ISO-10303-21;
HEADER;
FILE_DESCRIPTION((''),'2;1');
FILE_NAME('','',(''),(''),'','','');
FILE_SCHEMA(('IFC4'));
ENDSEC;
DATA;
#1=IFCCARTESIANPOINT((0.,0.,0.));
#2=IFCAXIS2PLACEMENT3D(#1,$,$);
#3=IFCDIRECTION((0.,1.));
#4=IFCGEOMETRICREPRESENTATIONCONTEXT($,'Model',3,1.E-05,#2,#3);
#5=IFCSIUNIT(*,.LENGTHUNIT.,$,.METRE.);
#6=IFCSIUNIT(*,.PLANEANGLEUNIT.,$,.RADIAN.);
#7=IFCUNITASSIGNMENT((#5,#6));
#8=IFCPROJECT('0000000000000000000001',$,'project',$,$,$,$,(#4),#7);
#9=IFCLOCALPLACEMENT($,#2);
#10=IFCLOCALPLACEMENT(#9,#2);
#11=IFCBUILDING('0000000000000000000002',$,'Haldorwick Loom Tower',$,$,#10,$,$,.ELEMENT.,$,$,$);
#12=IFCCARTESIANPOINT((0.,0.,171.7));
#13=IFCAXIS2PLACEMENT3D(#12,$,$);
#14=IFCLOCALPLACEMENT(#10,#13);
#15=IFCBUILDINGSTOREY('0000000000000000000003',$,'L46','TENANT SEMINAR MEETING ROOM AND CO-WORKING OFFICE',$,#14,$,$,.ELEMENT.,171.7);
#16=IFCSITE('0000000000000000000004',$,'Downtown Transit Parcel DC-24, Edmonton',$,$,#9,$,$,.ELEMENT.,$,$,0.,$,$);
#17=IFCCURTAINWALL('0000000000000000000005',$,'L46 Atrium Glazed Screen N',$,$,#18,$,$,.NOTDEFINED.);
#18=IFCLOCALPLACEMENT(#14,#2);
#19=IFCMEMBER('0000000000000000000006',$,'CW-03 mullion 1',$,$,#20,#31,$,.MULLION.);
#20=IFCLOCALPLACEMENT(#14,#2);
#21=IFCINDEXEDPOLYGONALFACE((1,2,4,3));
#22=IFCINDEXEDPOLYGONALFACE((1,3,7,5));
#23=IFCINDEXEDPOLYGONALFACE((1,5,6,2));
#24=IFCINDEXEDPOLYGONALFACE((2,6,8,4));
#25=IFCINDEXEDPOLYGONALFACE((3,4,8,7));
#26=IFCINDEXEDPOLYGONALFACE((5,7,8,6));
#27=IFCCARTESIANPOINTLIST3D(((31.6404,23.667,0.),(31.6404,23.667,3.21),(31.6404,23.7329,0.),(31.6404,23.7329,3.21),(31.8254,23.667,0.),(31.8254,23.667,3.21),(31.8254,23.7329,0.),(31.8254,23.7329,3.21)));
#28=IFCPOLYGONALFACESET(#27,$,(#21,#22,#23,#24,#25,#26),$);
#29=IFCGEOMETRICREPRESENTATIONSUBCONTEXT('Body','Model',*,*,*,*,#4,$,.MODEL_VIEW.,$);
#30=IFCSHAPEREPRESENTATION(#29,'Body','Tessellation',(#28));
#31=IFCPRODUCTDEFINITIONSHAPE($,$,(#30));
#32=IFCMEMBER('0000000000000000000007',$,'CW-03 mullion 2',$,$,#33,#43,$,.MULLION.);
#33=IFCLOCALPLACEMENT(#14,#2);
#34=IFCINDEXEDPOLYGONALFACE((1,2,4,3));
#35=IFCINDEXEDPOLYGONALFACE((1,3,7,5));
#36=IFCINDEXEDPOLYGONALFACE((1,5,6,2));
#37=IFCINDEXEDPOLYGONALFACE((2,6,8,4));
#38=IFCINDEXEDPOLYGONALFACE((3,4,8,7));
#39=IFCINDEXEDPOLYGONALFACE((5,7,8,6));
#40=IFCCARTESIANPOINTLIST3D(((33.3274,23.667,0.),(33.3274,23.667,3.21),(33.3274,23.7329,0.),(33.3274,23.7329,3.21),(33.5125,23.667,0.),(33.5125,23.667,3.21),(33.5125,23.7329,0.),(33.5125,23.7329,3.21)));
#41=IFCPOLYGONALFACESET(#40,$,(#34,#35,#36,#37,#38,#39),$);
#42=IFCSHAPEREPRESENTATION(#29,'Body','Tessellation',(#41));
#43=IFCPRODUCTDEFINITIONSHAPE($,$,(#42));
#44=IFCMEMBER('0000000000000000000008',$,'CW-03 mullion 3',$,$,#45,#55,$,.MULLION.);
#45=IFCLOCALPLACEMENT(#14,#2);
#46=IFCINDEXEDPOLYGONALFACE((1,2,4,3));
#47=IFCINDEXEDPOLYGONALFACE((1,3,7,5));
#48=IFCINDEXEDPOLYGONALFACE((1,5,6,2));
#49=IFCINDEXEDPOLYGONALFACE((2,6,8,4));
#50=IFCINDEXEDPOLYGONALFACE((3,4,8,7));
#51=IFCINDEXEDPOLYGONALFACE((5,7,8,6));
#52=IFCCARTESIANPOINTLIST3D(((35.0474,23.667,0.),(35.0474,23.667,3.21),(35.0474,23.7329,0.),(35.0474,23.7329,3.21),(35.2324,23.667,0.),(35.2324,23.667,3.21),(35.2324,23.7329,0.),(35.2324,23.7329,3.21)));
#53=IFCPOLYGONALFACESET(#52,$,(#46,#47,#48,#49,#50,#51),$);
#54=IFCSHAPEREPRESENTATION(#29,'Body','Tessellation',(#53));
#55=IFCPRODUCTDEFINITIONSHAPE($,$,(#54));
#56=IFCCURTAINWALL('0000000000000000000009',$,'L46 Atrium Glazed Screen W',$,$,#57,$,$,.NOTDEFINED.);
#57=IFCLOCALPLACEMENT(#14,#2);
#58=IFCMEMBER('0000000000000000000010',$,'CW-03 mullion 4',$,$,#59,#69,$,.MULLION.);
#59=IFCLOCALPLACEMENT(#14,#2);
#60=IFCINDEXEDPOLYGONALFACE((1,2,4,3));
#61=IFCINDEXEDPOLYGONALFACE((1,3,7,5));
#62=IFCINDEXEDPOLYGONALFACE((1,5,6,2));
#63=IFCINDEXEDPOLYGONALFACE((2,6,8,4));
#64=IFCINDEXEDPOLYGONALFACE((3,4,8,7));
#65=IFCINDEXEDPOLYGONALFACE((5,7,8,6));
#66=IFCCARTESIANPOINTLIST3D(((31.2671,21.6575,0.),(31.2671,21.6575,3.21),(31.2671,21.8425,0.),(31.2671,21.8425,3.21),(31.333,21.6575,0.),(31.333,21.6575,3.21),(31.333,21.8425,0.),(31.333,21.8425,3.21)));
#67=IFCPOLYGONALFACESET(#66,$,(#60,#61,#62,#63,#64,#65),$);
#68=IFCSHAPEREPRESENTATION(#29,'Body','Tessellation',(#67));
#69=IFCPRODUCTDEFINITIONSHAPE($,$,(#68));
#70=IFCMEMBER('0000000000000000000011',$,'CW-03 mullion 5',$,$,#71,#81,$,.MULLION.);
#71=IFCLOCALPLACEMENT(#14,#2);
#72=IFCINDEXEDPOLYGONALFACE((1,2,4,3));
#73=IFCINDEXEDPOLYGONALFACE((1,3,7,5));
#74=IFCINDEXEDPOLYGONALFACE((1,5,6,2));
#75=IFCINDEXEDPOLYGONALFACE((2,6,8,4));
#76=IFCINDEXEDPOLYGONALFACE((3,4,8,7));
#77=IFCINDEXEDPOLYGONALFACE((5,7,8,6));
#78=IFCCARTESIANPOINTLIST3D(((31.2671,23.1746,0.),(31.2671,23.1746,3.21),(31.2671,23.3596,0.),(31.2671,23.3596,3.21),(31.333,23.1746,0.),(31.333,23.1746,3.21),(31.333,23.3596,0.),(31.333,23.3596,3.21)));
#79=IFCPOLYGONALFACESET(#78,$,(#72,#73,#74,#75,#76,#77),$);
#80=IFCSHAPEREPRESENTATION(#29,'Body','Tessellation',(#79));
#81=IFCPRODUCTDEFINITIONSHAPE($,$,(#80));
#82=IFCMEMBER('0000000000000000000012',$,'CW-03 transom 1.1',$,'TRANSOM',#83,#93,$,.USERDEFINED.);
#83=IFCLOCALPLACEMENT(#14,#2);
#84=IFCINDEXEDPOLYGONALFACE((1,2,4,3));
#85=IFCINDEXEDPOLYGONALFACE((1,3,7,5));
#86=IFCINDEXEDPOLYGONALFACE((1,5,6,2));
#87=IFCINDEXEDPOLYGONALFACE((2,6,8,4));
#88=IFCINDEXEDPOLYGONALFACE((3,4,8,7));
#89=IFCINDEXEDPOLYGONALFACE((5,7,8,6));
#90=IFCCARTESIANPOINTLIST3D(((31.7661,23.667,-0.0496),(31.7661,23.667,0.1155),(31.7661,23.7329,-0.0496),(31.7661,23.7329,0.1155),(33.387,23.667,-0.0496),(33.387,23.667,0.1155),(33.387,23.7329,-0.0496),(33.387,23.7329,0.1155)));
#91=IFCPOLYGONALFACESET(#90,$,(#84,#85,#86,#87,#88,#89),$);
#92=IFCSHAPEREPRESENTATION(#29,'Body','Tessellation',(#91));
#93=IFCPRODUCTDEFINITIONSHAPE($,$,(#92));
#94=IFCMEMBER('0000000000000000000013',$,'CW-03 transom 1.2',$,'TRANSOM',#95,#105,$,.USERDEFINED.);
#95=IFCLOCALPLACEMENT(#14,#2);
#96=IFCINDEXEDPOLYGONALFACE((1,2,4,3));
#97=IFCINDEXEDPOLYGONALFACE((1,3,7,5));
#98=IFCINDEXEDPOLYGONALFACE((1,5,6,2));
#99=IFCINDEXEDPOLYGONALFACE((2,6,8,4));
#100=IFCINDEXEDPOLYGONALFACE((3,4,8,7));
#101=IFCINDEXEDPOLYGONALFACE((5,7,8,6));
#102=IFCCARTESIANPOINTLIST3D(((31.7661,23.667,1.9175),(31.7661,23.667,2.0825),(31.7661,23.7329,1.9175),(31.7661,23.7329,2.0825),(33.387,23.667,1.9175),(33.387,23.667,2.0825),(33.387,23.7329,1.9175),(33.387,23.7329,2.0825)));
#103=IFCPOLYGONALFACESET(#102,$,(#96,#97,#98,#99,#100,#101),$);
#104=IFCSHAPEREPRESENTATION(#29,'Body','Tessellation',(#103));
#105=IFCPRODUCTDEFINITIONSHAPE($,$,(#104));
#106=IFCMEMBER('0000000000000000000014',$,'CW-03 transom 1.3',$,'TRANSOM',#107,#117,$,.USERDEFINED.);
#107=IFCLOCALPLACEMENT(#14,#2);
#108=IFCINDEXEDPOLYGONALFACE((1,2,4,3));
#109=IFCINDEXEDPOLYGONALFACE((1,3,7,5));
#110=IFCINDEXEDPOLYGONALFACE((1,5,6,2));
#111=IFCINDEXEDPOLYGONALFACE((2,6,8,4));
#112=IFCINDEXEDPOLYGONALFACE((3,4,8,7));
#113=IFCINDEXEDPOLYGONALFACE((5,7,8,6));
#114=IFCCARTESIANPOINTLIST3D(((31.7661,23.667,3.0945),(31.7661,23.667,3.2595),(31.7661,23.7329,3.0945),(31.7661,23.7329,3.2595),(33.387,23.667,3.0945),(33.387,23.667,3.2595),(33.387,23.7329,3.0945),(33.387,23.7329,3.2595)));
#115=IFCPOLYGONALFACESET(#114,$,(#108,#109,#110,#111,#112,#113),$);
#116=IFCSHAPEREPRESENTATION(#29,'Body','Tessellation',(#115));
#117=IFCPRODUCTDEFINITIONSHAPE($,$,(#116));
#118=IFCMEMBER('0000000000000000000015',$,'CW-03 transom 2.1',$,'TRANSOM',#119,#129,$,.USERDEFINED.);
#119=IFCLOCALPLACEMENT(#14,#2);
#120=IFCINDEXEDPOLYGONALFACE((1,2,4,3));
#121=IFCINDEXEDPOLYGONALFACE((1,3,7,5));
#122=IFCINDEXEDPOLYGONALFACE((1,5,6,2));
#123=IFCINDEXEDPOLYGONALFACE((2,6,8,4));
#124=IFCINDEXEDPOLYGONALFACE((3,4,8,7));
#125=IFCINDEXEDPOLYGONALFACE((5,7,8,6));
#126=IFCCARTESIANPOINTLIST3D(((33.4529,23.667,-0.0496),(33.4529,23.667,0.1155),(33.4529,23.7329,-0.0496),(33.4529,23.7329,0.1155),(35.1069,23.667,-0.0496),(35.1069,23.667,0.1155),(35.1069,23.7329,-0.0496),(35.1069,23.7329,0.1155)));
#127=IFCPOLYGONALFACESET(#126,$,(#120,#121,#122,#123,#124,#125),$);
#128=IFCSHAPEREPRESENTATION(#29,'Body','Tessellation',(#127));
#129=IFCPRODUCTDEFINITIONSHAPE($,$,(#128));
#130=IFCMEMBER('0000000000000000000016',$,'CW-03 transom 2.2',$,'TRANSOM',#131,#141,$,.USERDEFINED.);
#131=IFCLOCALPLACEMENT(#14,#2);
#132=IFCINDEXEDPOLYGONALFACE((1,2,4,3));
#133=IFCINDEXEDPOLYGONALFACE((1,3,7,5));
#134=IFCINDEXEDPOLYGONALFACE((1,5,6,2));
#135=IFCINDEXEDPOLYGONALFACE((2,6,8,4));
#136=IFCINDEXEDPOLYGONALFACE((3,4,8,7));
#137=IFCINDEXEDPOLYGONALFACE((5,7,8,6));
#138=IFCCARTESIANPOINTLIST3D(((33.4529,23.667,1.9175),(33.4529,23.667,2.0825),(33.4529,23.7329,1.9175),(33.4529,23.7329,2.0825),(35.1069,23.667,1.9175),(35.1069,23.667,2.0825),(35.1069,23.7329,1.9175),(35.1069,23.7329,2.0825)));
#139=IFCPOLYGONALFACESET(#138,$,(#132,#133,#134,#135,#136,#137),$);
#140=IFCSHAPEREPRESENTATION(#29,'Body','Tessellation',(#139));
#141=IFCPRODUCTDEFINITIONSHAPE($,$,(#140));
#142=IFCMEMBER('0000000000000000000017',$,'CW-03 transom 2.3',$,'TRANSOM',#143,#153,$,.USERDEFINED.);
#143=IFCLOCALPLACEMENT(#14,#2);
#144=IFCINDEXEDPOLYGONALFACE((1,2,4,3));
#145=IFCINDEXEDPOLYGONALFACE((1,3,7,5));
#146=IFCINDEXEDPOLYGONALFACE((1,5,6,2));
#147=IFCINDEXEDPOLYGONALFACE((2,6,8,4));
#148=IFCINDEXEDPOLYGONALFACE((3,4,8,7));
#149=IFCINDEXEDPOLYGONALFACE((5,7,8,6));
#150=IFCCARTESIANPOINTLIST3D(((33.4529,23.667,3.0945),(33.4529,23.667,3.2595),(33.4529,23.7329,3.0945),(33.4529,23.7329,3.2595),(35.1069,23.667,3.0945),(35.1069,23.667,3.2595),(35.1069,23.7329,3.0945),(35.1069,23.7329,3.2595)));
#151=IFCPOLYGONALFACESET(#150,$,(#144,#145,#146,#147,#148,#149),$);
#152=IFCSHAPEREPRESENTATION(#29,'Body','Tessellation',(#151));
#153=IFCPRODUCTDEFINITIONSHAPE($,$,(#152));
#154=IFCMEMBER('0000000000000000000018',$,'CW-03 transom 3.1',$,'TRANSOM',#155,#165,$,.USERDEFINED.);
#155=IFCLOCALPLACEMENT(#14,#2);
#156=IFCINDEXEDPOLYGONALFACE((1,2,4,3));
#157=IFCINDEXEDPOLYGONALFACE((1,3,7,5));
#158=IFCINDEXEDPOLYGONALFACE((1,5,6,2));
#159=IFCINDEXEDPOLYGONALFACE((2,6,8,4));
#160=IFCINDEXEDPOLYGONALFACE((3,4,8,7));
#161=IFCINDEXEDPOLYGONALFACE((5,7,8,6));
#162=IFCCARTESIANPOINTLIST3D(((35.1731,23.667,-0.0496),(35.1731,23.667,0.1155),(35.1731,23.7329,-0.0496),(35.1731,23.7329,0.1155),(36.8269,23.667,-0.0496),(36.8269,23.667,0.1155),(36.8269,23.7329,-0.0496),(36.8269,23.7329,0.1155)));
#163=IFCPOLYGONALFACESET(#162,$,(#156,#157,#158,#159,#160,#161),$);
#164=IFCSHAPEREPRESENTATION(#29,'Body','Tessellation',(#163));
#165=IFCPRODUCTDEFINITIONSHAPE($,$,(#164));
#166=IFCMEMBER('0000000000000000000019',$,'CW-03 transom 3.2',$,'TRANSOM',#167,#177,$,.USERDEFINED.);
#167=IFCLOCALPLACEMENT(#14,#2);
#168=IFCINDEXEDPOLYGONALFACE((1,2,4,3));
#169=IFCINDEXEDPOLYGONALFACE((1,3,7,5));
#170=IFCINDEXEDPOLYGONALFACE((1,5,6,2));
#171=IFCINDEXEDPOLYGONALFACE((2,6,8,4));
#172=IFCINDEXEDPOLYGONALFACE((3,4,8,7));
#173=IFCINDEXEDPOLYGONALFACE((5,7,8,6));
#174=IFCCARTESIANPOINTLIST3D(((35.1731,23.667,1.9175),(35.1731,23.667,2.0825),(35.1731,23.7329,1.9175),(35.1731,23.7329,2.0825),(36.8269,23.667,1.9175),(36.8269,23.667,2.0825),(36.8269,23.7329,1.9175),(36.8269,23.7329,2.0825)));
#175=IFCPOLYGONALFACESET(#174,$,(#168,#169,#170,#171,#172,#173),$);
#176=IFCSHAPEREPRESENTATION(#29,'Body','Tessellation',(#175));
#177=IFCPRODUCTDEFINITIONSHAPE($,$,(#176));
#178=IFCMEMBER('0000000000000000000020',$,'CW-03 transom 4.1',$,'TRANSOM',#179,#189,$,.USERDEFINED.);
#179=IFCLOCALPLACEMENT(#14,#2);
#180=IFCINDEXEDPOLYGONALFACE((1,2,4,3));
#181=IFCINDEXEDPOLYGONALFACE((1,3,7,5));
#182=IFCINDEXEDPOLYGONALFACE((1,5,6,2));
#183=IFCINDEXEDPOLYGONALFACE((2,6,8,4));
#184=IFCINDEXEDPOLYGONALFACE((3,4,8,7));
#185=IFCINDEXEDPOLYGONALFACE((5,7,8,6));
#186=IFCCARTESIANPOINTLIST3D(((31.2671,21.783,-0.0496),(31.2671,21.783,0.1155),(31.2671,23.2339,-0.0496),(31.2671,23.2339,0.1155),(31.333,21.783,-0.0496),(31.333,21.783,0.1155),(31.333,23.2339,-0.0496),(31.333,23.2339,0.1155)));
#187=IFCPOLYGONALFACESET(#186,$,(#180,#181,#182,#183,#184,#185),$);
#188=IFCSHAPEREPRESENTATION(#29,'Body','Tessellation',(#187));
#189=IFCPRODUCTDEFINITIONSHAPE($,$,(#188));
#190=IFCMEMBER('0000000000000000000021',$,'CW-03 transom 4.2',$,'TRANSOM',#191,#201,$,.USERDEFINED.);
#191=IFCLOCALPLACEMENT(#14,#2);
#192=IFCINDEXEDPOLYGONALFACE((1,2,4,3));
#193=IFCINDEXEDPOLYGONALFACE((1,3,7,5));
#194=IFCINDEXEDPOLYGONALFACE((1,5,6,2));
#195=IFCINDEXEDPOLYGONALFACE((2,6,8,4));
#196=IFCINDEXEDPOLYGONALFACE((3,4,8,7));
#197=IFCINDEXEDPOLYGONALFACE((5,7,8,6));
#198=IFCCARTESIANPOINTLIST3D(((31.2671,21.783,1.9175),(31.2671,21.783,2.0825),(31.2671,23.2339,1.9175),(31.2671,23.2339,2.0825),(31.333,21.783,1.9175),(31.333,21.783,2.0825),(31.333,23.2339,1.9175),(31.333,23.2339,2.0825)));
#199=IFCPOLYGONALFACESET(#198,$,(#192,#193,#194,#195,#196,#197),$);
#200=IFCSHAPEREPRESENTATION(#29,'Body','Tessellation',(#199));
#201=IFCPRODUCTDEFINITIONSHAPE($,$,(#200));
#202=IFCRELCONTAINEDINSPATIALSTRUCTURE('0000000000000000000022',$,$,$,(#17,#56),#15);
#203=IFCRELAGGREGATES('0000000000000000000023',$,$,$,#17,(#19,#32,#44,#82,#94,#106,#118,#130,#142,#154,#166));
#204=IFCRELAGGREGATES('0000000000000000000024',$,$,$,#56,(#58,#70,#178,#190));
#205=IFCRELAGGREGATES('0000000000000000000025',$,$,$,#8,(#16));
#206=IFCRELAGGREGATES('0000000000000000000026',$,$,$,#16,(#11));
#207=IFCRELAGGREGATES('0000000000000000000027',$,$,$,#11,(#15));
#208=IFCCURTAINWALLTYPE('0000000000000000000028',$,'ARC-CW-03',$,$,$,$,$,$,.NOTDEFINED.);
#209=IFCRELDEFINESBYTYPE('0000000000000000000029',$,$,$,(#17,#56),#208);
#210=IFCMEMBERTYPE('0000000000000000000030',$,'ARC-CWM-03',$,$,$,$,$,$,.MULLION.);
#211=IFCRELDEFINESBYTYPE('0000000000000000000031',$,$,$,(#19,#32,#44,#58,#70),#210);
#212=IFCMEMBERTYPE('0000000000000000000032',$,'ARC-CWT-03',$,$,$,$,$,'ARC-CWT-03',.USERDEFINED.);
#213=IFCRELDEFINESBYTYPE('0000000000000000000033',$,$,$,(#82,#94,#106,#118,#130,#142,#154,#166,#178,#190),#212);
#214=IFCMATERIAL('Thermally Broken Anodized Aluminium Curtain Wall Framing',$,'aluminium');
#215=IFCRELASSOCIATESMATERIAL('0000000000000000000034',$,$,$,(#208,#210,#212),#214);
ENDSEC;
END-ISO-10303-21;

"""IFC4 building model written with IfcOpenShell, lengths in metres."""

from ifc_helpers import new_model, si_unit, direction, frame, origin, origin_2d, place, context, subcontext, project, spatial, rectangle, extrude, material, material_profile, profile_set, type_object, element, aggregate, save


model = new_model("IFC4")

# Units and contexts
model_context = context("Model", 3, precision=1e-05, world=origin(), true_north=direction((0.0, 1.0)))
body_context = subcontext(model_context, "Body", "Model", "MODEL_VIEW")
ifc_project = project(units=[si_unit("LENGTHUNIT", "METRE"), si_unit("PLANEANGLEUNIT", "RADIAN")], contexts=[model_context])

# Site, building, storey
site_placement = place(None, origin())
site = spatial("IfcSite", under=ifc_project, at=site_placement, Name="Downtown Transit Parcel DC-24, Edmonton", CompositionType="ELEMENT", RefElevation=0.0)
building_placement = place(site_placement, origin())
building = spatial("IfcBuilding", under=site, at=building_placement, Name="Haldorwick Loom Tower", CompositionType="ELEMENT")
storey_placement = place(building_placement, frame((0.0, 0.0, 171.7)))
storey = spatial("IfcBuildingStorey", under=building, at=storey_placement, Name="L46", Description="TENANT SEMINAR MEETING ROOM AND CO-WORKING OFFICE", CompositionType="ELEMENT", Elevation=171.7)

# Curtain walls, members
ifc_material_1 = material(Name="Thermally Broken Anodized Aluminium Curtain Wall Framing", Category="aluminium")
curtain_wall_type = type_object("IfcCurtainWallType", Name="ARC-CW-03", PredefinedType="NOTDEFINED", material=ifc_material_1)
curtain_wall_1_placement = place(storey_placement, origin())
curtain_wall_1 = element("IfcCurtainWall", 1, at=curtain_wall_1_placement, inside=storey, type_object=curtain_wall_type, Name="L46 Atrium Glazed Screen N", PredefinedType="NOTDEFINED")
ifc_material_profile_1 = material_profile(ifc_material_1, rectangle(XDim=0.0659, YDim=0.1851, at=origin_2d()), Name="ALU_MUL_66X185", Category="aluminium")
ifc_profile_set_1 = profile_set([ifc_material_profile_1], Name="Thermally Broken Anodized Aluminium Curtain Wall Framing")
member_type_1 = type_object("IfcMemberType", Name="ARC-CWM-03", PredefinedType="MULLION", material=ifc_profile_set_1)
member_1_placement = place(storey_placement, frame((31.7329, 23.7, 0.0), z_axis=(0.0, 0.0, 1.0), x_axis=(0.0, 1.0, 0.0)))
member_1 = element("IfcMember", 2, at=member_1_placement, type_object=member_type_1, Name="CW-03 mullion 1", PredefinedType="MULLION", context=body_context, shape_type="SweptSolid", body=[
    extrude(rectangle(XDim=0.0659, YDim=0.1851, at=origin_2d()), origin(), (0.0, 0.0, 1.0), 3.21),
])
member_2_placement = place(storey_placement, frame((33.4199, 23.7, 0.0), z_axis=(0.0, 0.0, 1.0), x_axis=(0.0, 1.0, 0.0)))
member_2 = element("IfcMember", 3, at=member_2_placement, type_object=member_type_1, Name="CW-03 mullion 2", PredefinedType="MULLION", context=body_context, shape_type="SweptSolid", body=[
    extrude(rectangle(XDim=0.0659, YDim=0.1851, at=origin_2d()), origin(), (0.0, 0.0, 1.0), 3.21),
])
member_3_placement = place(storey_placement, frame((35.1399, 23.7, 0.0), z_axis=(0.0, 0.0, 1.0), x_axis=(0.0, 1.0, 0.0)))
member_3 = element("IfcMember", 4, at=member_3_placement, type_object=member_type_1, Name="CW-03 mullion 3", PredefinedType="MULLION", context=body_context, shape_type="SweptSolid", body=[
    extrude(rectangle(XDim=0.0659, YDim=0.1851, at=origin_2d()), origin(), (0.0, 0.0, 1.0), 3.21),
])
curtain_wall_2_placement = place(storey_placement, origin())
curtain_wall_2 = element("IfcCurtainWall", 5, at=curtain_wall_2_placement, inside=storey, type_object=curtain_wall_type, Name="L46 Atrium Glazed Screen W", PredefinedType="NOTDEFINED")
member_4_placement = place(storey_placement, frame((31.3, 21.75, 0.0), z_axis=(0.0, 0.0, 1.0), x_axis=(-1.0, 0.0, 0.0)))
member_4 = element("IfcMember", 6, at=member_4_placement, type_object=member_type_1, Name="CW-03 mullion 4", PredefinedType="MULLION", context=body_context, shape_type="SweptSolid", body=[
    extrude(rectangle(XDim=0.0659, YDim=0.1851, at=origin_2d()), origin(), (0.0, 0.0, 1.0), 3.21),
])
member_5_placement = place(storey_placement, frame((31.3, 23.2671, 0.0), z_axis=(0.0, 0.0, 1.0), x_axis=(-1.0, 0.0, 0.0)))
member_5 = element("IfcMember", 7, at=member_5_placement, type_object=member_type_1, Name="CW-03 mullion 5", PredefinedType="MULLION", context=body_context, shape_type="SweptSolid", body=[
    extrude(rectangle(XDim=0.0659, YDim=0.1851, at=origin_2d()), origin(), (0.0, 0.0, 1.0), 3.21),
])

# Members
ifc_material_profile_2 = material_profile(ifc_material_1, rectangle(XDim=0.0659, YDim=0.165, at=origin_2d()), Name="ALU_TRN_66X165", Category="aluminium")
ifc_profile_set_2 = profile_set([ifc_material_profile_2], Name="Thermally Broken Anodized Aluminium Curtain Wall Framing")
member_type_2 = type_object("IfcMemberType", Name="ARC-CWT-03", ElementType="ARC-CWT-03", PredefinedType="USERDEFINED", material=ifc_profile_set_2)
member_6_placement = place(storey_placement, frame((31.7661, 23.7, 0.033), z_axis=(1.0, 0.0, 0.0), x_axis=(0.0, 1.0, 0.0)))
member_6 = element("IfcMember", 8, at=member_6_placement, type_object=member_type_2, Name="CW-03 transom 1.1", ObjectType="TRANSOM", PredefinedType="USERDEFINED", context=body_context, shape_type="SweptSolid", body=[
    extrude(rectangle(XDim=0.0659, YDim=0.165, at=origin_2d()), origin(), (0.0, 0.0, 1.0), 1.6208),
])
member_7_placement = place(storey_placement, frame((31.7661, 23.7, 2.0), z_axis=(1.0, 0.0, 0.0), x_axis=(0.0, 1.0, 0.0)))
member_7 = element("IfcMember", 9, at=member_7_placement, type_object=member_type_2, Name="CW-03 transom 1.2", ObjectType="TRANSOM", PredefinedType="USERDEFINED", context=body_context, shape_type="SweptSolid", body=[
    extrude(rectangle(XDim=0.0659, YDim=0.165, at=origin_2d()), origin(), (0.0, 0.0, 1.0), 1.6208),
])
member_8_placement = place(storey_placement, frame((31.7661, 23.7, 3.177), z_axis=(1.0, 0.0, 0.0), x_axis=(0.0, 1.0, 0.0)))
member_8 = element("IfcMember", 10, at=member_8_placement, type_object=member_type_2, Name="CW-03 transom 1.3", ObjectType="TRANSOM", PredefinedType="USERDEFINED", context=body_context, shape_type="SweptSolid", body=[
    extrude(rectangle(XDim=0.0659, YDim=0.165, at=origin_2d()), origin(), (0.0, 0.0, 1.0), 1.6208),
])
member_9_placement = place(storey_placement, frame((33.4529, 23.7, 0.033), z_axis=(1.0, 0.0, 0.0), x_axis=(0.0, 1.0, 0.0)))
member_9 = element("IfcMember", 11, at=member_9_placement, type_object=member_type_2, Name="CW-03 transom 2.1", ObjectType="TRANSOM", PredefinedType="USERDEFINED", context=body_context, shape_type="SweptSolid", body=[
    extrude(rectangle(XDim=0.0659, YDim=0.165, at=origin_2d()), origin(), (0.0, 0.0, 1.0), 1.6541),
])
member_10_placement = place(storey_placement, frame((33.4529, 23.7, 2.0), z_axis=(1.0, 0.0, 0.0), x_axis=(0.0, 1.0, 0.0)))
member_10 = element("IfcMember", 12, at=member_10_placement, type_object=member_type_2, Name="CW-03 transom 2.2", ObjectType="TRANSOM", PredefinedType="USERDEFINED", context=body_context, shape_type="SweptSolid", body=[
    extrude(rectangle(XDim=0.0659, YDim=0.165, at=origin_2d()), origin(), (0.0, 0.0, 1.0), 1.6541),
])
member_11_placement = place(storey_placement, frame((33.4529, 23.7, 3.177), z_axis=(1.0, 0.0, 0.0), x_axis=(0.0, 1.0, 0.0)))
member_11 = element("IfcMember", 13, at=member_11_placement, type_object=member_type_2, Name="CW-03 transom 2.3", ObjectType="TRANSOM", PredefinedType="USERDEFINED", context=body_context, shape_type="SweptSolid", body=[
    extrude(rectangle(XDim=0.0659, YDim=0.165, at=origin_2d()), origin(), (0.0, 0.0, 1.0), 1.6541),
])
member_12_placement = place(storey_placement, frame((35.1731, 23.7, 0.033), z_axis=(1.0, 0.0, 0.0), x_axis=(0.0, 1.0, 0.0)))
member_12 = element("IfcMember", 14, at=member_12_placement, type_object=member_type_2, Name="CW-03 transom 3.1", ObjectType="TRANSOM", PredefinedType="USERDEFINED", context=body_context, shape_type="SweptSolid", body=[
    extrude(rectangle(XDim=0.0659, YDim=0.165, at=origin_2d()), origin(), (0.0, 0.0, 1.0), 1.6538),
])
member_13_placement = place(storey_placement, frame((35.1731, 23.7, 2.0), z_axis=(1.0, 0.0, 0.0), x_axis=(0.0, 1.0, 0.0)))
member_13 = element("IfcMember", 15, at=member_13_placement, type_object=member_type_2, Name="CW-03 transom 3.2", ObjectType="TRANSOM", PredefinedType="USERDEFINED", context=body_context, shape_type="SweptSolid", body=[
    extrude(rectangle(XDim=0.0659, YDim=0.165, at=origin_2d()), origin(), (0.0, 0.0, 1.0), 1.6538),
])
member_14_placement = place(storey_placement, frame((31.3, 21.783, 0.033), z_axis=(0.0, 1.0, 0.0), x_axis=(-1.0, 0.0, 0.0)))
member_14 = element("IfcMember", 16, at=member_14_placement, type_object=member_type_2, Name="CW-03 transom 4.1", ObjectType="TRANSOM", PredefinedType="USERDEFINED", context=body_context, shape_type="SweptSolid", body=[
    extrude(rectangle(XDim=0.0659, YDim=0.165, at=origin_2d()), origin(), (0.0, 0.0, 1.0), 1.4509),
])
member_15_placement = place(storey_placement, frame((31.3, 21.783, 2.0), z_axis=(0.0, 1.0, 0.0), x_axis=(-1.0, 0.0, 0.0)))
member_15 = element("IfcMember", 17, at=member_15_placement, type_object=member_type_2, Name="CW-03 transom 4.2", ObjectType="TRANSOM", PredefinedType="USERDEFINED", context=body_context, shape_type="SweptSolid", body=[
    extrude(rectangle(XDim=0.0659, YDim=0.165, at=origin_2d()), origin(), (0.0, 0.0, 1.0), 1.4509),
])

aggregate(curtain_wall_1, [member_1, member_2, member_3, member_6, member_7, member_8, member_9, member_10, member_11, member_12, member_13])
aggregate(curtain_wall_2, [member_4, member_5, member_14, member_15])

save(model, "model.ifc")
